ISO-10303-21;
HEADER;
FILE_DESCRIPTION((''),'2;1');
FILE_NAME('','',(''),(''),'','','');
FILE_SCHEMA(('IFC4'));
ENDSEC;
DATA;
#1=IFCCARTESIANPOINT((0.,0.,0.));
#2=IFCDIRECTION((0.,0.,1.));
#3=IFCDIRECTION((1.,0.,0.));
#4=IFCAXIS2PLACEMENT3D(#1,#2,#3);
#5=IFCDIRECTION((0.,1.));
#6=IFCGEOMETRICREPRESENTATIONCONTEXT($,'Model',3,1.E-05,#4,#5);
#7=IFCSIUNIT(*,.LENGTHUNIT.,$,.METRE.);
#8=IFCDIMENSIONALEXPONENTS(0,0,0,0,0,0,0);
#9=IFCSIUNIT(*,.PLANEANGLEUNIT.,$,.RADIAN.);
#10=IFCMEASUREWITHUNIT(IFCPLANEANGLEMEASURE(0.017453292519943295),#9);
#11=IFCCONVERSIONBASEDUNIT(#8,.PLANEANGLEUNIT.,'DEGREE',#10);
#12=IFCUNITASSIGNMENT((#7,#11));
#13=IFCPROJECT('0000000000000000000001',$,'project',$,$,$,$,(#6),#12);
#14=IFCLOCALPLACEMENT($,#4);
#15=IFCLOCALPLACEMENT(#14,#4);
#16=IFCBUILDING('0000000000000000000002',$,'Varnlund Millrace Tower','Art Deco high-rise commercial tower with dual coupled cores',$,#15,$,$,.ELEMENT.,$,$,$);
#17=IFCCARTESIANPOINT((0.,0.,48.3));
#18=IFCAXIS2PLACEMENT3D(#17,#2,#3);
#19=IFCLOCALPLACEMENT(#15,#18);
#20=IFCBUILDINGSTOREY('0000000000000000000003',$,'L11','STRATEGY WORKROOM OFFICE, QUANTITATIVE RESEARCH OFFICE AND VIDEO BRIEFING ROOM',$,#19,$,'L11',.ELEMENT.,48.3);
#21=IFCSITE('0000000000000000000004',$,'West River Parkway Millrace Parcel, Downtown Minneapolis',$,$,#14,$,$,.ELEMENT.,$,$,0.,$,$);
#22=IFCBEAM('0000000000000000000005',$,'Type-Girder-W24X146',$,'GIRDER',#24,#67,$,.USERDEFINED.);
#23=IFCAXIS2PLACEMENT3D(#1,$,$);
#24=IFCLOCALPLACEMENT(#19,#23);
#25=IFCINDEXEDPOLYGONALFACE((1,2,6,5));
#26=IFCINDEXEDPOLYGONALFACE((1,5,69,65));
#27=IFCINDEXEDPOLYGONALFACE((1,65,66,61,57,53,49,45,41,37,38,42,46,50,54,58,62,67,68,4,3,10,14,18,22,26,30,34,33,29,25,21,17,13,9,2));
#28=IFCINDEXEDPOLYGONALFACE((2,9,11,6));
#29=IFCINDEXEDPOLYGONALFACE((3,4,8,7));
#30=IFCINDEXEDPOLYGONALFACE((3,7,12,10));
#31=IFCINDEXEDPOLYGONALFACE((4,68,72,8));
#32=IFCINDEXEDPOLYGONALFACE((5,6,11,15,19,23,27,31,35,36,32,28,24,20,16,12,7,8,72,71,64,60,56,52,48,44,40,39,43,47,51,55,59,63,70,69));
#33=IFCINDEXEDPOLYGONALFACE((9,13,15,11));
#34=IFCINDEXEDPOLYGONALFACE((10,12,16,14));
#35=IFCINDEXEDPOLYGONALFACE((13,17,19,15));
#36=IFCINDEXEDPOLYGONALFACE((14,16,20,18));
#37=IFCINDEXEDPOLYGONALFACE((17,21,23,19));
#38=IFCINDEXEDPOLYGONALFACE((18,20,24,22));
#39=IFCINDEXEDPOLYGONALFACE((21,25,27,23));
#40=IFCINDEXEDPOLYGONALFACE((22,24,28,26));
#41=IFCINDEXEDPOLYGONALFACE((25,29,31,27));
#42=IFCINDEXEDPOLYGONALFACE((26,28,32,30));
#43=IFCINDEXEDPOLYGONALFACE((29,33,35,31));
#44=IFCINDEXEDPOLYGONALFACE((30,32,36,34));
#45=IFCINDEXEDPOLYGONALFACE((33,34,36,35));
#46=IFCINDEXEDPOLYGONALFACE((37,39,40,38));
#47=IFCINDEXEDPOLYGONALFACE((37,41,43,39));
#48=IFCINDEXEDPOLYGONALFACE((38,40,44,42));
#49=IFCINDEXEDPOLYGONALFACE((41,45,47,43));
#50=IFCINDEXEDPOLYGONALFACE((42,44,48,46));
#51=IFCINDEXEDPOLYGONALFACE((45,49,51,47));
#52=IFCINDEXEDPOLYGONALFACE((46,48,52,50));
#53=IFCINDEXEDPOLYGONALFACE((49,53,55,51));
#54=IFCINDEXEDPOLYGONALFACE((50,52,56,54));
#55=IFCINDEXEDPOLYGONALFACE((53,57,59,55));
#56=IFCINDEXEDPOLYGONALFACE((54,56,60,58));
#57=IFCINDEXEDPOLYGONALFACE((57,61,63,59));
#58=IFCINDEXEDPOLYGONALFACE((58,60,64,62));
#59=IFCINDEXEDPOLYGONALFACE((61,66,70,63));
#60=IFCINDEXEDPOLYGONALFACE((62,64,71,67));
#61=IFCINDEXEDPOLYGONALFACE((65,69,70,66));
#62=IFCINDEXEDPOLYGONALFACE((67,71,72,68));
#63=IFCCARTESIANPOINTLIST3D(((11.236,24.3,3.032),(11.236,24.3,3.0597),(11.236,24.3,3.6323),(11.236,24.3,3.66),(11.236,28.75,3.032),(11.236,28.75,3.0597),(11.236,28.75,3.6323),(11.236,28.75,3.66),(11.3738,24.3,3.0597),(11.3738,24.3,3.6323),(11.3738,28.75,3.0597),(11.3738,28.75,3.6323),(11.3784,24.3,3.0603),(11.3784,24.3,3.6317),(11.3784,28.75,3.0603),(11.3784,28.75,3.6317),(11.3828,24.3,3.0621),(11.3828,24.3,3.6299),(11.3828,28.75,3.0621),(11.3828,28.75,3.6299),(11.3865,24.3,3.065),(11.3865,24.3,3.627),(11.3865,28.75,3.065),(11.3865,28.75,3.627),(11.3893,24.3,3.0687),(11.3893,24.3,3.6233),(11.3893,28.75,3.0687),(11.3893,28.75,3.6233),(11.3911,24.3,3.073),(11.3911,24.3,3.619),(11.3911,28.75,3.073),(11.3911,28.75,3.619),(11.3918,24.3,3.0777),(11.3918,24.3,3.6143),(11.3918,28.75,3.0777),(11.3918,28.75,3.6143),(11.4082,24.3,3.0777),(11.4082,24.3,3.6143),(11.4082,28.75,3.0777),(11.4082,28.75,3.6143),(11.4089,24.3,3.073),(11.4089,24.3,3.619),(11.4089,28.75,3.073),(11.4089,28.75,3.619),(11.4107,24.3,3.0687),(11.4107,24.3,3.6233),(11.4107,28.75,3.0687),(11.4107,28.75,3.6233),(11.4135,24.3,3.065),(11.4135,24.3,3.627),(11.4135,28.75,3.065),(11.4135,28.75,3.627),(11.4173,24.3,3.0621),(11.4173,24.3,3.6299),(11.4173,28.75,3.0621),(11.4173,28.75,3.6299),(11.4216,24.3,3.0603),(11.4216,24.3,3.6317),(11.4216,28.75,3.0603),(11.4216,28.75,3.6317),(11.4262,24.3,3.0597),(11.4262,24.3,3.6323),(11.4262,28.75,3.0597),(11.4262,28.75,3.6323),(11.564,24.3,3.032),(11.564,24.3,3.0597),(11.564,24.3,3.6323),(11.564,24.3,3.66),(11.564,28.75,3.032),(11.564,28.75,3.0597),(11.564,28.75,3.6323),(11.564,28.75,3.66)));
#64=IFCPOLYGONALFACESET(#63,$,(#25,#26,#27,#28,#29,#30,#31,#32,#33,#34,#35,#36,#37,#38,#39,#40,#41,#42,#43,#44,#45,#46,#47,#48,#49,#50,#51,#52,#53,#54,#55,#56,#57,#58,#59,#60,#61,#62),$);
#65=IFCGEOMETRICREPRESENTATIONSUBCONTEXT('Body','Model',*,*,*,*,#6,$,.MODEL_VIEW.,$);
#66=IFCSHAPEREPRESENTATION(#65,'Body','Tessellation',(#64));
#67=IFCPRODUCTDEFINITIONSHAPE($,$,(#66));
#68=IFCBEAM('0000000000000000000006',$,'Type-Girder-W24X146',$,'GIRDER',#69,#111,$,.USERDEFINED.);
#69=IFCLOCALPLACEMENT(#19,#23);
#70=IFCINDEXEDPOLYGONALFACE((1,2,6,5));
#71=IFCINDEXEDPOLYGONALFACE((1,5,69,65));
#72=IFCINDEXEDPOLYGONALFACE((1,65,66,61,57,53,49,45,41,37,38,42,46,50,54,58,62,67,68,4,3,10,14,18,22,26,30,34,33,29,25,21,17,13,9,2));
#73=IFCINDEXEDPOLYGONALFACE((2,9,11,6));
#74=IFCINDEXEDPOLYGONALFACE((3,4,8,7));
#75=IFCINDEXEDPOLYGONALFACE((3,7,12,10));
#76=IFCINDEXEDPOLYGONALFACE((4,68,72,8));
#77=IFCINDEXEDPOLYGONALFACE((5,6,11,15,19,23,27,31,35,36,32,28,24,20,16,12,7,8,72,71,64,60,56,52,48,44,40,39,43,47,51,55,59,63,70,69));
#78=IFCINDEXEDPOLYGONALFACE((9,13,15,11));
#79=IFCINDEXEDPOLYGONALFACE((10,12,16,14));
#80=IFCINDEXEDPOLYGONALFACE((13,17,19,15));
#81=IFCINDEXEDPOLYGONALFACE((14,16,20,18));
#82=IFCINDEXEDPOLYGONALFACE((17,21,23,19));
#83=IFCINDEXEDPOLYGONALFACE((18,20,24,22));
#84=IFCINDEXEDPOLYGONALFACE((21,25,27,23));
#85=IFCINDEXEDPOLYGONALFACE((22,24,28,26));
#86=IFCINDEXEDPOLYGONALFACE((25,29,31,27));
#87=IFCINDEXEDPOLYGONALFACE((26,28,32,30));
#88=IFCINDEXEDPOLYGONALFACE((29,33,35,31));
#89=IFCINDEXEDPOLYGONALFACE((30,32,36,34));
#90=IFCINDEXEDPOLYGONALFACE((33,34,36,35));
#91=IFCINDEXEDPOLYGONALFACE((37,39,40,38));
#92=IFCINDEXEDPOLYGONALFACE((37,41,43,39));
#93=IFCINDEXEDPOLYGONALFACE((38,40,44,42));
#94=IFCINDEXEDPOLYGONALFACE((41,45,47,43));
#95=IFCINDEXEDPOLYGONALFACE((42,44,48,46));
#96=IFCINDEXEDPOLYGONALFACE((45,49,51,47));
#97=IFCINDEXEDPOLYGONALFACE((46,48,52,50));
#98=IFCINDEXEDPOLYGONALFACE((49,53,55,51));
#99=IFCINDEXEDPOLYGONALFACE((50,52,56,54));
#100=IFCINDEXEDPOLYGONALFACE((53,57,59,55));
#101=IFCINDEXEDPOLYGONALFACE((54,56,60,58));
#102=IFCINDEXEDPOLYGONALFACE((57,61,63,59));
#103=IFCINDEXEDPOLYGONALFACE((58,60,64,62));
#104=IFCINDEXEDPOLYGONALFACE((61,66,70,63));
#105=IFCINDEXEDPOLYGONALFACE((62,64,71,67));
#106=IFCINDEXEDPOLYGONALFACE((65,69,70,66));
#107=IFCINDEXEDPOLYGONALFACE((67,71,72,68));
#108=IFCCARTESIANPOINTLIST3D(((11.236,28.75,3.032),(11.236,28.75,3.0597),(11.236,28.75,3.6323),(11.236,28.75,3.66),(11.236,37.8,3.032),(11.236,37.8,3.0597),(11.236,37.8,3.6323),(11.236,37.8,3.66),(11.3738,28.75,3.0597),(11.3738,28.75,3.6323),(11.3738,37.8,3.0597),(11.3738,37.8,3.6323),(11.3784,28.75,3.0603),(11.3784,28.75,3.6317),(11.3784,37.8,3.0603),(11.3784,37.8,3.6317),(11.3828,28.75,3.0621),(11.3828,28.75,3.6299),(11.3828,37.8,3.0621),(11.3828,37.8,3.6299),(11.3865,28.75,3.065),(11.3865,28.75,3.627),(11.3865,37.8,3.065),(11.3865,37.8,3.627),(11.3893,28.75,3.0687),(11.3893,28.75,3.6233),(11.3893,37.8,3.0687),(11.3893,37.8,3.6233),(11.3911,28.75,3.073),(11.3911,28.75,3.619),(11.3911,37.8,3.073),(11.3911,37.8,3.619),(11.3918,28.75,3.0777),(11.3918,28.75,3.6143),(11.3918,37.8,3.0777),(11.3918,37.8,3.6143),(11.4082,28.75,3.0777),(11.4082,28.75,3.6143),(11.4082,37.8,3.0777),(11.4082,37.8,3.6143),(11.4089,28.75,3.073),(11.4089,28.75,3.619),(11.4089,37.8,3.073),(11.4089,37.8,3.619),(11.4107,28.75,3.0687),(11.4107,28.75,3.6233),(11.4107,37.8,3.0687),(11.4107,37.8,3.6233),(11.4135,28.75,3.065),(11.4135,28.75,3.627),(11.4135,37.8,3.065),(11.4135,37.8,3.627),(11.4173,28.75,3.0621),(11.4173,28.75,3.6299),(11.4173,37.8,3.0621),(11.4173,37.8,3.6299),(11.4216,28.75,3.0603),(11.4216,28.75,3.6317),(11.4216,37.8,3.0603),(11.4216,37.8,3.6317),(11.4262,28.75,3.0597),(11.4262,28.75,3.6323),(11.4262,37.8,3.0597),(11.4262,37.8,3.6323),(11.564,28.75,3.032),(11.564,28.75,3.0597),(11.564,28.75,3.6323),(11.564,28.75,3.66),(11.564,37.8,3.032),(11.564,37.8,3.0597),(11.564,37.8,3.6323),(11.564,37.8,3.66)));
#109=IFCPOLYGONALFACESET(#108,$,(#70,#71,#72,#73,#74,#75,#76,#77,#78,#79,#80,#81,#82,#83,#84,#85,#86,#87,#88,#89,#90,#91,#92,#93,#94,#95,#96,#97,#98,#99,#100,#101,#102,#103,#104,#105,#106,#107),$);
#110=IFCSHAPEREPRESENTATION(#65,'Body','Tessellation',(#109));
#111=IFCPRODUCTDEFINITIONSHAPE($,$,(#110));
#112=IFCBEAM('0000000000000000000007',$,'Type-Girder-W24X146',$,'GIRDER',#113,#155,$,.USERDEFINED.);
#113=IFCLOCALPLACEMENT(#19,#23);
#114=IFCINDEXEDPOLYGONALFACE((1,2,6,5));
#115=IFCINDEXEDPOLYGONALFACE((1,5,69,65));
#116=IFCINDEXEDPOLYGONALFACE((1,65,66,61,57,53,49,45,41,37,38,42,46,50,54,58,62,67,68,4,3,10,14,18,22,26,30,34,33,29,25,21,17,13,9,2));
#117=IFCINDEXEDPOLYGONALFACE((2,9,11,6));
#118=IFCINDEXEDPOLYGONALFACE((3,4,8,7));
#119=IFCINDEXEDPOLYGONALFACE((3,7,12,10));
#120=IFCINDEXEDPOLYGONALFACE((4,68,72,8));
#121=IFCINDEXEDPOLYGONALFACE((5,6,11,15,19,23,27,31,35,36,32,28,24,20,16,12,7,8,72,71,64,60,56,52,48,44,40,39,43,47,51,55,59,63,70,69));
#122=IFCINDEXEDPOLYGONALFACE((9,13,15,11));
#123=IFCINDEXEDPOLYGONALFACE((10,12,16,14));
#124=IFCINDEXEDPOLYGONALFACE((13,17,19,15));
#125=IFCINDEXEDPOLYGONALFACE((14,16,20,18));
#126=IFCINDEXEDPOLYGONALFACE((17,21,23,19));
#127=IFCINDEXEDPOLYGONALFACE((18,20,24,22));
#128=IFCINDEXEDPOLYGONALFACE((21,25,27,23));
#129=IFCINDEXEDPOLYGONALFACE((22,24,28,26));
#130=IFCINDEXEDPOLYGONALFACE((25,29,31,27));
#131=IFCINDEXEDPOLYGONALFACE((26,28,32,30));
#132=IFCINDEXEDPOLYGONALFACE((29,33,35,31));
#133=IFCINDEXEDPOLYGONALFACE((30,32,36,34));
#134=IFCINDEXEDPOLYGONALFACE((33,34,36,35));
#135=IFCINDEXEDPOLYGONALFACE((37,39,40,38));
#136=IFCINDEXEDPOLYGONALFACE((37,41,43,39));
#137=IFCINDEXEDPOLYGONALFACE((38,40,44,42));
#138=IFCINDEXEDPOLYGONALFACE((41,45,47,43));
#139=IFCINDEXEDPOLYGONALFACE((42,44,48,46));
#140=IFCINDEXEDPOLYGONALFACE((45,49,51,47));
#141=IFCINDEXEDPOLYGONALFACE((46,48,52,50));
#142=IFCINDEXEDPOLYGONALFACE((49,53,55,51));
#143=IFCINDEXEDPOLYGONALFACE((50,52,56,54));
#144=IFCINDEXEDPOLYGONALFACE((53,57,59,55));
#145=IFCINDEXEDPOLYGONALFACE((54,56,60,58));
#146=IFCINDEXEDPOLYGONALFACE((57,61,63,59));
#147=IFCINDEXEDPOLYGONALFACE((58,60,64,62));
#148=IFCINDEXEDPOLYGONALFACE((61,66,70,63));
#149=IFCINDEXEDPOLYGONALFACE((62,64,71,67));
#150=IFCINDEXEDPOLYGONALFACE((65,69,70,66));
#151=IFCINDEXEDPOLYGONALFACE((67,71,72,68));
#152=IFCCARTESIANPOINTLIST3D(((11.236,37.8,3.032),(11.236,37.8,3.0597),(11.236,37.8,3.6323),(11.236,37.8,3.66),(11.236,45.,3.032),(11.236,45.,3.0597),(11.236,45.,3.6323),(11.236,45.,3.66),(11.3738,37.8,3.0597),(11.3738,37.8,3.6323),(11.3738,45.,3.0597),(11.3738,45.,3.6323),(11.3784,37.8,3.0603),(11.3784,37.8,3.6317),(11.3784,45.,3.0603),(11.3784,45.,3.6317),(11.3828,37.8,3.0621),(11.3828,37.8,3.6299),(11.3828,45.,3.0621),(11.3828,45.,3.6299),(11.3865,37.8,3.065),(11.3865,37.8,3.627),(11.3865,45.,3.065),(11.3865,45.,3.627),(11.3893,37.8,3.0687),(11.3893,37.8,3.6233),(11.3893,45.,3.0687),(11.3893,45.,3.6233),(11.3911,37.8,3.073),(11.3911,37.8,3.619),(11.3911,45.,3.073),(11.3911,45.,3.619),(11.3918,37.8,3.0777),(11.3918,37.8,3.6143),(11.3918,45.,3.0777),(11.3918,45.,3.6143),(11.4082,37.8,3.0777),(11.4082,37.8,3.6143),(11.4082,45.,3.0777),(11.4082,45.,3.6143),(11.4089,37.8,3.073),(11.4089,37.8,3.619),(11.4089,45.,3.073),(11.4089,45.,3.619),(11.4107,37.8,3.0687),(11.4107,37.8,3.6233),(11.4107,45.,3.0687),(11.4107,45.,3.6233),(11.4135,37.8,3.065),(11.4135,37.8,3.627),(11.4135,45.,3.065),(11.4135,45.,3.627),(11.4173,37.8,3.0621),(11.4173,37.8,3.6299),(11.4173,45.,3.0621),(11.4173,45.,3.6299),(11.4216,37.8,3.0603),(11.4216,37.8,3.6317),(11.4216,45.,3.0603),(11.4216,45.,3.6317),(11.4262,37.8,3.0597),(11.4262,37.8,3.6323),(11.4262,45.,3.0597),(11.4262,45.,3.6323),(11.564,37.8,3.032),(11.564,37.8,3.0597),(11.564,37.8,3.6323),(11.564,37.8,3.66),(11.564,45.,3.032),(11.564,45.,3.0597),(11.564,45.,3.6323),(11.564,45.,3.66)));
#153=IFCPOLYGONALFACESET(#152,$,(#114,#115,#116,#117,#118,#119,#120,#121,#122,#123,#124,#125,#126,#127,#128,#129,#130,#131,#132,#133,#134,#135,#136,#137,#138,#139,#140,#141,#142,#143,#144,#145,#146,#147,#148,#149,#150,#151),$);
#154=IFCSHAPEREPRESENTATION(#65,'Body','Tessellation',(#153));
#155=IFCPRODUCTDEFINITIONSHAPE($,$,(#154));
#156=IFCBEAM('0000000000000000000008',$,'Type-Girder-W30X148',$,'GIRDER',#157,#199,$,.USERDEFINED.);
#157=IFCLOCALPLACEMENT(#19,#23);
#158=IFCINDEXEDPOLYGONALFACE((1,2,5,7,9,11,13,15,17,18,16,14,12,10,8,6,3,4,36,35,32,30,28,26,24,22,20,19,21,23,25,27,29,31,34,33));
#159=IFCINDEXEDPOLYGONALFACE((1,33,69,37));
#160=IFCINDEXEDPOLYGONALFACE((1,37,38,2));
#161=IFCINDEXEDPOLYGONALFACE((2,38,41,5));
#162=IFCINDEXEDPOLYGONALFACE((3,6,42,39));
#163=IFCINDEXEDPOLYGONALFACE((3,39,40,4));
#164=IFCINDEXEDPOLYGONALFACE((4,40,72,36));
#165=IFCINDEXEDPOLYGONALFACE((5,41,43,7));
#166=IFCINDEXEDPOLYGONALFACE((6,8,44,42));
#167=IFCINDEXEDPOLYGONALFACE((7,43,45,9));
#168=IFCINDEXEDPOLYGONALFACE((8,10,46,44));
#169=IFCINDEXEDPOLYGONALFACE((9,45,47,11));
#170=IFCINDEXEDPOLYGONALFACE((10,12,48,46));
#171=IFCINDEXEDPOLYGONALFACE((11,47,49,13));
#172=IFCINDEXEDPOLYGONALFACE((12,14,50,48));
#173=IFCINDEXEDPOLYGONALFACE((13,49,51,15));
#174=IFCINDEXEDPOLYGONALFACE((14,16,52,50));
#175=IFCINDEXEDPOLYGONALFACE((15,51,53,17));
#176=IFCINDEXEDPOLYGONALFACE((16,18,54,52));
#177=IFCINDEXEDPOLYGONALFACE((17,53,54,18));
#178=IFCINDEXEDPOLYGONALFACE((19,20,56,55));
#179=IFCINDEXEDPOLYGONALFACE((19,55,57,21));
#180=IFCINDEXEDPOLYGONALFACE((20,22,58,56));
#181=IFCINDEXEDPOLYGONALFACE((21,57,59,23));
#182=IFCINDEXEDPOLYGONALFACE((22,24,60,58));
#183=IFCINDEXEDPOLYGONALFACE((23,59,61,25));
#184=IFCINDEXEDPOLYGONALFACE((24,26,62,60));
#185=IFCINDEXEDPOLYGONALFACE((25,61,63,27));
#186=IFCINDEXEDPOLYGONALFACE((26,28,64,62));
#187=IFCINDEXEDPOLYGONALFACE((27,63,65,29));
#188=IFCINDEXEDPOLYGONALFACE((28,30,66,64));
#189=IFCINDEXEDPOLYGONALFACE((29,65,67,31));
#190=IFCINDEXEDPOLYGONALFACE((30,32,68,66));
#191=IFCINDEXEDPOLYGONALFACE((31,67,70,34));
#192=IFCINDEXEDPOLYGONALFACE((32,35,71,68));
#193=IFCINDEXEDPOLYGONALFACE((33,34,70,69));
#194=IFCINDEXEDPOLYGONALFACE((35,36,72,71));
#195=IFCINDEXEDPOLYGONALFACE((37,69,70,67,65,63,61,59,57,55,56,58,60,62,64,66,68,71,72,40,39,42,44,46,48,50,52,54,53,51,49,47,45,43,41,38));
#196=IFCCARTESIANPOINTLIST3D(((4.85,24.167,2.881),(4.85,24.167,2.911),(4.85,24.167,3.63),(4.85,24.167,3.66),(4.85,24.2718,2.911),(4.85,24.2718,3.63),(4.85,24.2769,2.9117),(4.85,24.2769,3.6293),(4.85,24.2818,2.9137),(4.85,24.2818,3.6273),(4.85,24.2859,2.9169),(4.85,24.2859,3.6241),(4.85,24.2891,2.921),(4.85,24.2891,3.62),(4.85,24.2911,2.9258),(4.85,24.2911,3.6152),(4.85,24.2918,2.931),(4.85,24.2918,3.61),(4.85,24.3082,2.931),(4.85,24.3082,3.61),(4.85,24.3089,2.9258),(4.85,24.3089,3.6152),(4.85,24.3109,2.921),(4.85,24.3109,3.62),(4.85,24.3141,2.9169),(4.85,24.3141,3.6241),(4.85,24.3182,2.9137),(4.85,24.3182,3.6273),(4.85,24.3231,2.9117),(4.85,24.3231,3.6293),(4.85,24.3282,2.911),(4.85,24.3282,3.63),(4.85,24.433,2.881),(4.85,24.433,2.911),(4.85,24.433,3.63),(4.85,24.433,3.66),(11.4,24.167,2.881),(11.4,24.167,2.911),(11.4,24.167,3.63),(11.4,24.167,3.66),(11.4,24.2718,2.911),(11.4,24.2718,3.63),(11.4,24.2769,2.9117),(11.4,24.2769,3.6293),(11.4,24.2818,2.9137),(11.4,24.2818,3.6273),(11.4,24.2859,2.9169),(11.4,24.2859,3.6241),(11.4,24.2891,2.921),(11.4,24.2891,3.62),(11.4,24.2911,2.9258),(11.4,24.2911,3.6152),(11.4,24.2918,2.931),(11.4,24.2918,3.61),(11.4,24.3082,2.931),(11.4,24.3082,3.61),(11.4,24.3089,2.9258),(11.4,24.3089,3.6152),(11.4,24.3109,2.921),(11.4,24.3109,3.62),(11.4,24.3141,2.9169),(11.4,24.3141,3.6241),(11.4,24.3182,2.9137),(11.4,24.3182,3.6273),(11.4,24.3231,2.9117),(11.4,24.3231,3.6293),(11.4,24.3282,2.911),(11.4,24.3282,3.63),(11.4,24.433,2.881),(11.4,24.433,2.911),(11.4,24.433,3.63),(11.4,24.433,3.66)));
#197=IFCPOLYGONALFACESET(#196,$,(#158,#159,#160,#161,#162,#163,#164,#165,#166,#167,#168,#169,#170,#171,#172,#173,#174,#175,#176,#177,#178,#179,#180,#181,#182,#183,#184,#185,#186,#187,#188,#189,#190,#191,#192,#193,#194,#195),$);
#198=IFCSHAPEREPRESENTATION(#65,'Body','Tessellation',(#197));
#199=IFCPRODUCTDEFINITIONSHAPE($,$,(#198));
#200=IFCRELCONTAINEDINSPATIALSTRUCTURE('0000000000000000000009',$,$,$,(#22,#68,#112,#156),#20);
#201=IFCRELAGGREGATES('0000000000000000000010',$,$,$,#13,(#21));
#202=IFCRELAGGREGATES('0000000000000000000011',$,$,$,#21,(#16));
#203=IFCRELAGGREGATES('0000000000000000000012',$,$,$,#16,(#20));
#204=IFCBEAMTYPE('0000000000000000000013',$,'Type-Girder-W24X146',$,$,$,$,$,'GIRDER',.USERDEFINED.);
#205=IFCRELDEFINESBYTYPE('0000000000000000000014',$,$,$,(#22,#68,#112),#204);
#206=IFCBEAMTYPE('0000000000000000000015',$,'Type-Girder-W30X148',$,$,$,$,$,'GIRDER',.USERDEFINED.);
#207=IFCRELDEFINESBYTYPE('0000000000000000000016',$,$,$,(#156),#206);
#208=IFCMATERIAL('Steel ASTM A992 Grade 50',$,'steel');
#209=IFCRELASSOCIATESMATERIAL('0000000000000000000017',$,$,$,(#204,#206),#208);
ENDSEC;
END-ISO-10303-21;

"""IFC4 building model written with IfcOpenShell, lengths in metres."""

from ifc_helpers import new_model, entity, si_unit, converted_unit, direction, frame, origin_with_axes, origin_2d_with_axis, place, context, subcontext, project, spatial, i_section, extrude, material, material_profile, profile_set, type_object, element, save


model = new_model("IFC4")

# Units and contexts
model_context = context("Model", 3, precision=1e-05, world=origin_with_axes(), true_north=direction((0.0, 1.0)))
body_context = subcontext(model_context, "Body", "Model", "MODEL_VIEW")
ifc_project = project(units=[si_unit("LENGTHUNIT", "METRE"), converted_unit("PLANEANGLEUNIT", "DEGREE", entity("IfcPlaneAngleMeasure", 0.017453292519943295), si_unit("PLANEANGLEUNIT", "RADIAN"), dimensions=[0, 0, 0, 0, 0, 0, 0])], contexts=[model_context])

# Site, building, storey
site_placement = place(None, origin_with_axes())
site = spatial("IfcSite", under=ifc_project, at=site_placement, Name="West River Parkway Millrace Parcel, Downtown Minneapolis", CompositionType="ELEMENT", RefElevation=0.0)
building_placement = place(site_placement, origin_with_axes())
building = spatial("IfcBuilding", under=site, at=building_placement, Name="Varnlund Millrace Tower", Description="Art Deco high-rise commercial tower with dual coupled cores", CompositionType="ELEMENT")
storey_placement = place(building_placement, frame((0.0, 0.0, 48.3), z_axis=(0.0, 0.0, 1.0), x_axis=(1.0, 0.0, 0.0)))
storey = spatial("IfcBuildingStorey", under=building, at=storey_placement, Name="L11", Description="STRATEGY WORKROOM OFFICE, QUANTITATIVE RESEARCH OFFICE AND VIDEO BRIEFING ROOM", LongName="L11", CompositionType="ELEMENT", Elevation=48.3)

# Beams
ifc_material_1 = material(Name="Steel ASTM A992 Grade 50", Category="steel")
ifc_material_profile_1 = material_profile(ifc_material_1, i_section(OverallWidth=0.328, OverallDepth=0.628, WebThickness=0.0165, FlangeThickness=0.0277, FilletRadius=0.018, at=origin_2d_with_axis()), Name="Steel ASTM A992 Grade 50")
ifc_profile_set_1 = profile_set([ifc_material_profile_1], Name="Steel ASTM A992 Grade 50")
beam_type_1 = type_object("IfcBeamType", Name="Type-Girder-W24X146", ElementType="GIRDER", PredefinedType="USERDEFINED", material=ifc_profile_set_1)
beam_1_placement = place(storey_placement, frame((11.4, 24.3, 3.346), z_axis=(0.0, 1.0, 0.0), x_axis=(-1.0, 0.0, 0.0)))
element("IfcBeam", 1, at=beam_1_placement, inside=storey, type_object=beam_type_1, Name="Type-Girder-W24X146", ObjectType="GIRDER", PredefinedType="USERDEFINED", context=body_context, shape_type="SweptSolid", body=[
    extrude(i_section(OverallWidth=0.328, OverallDepth=0.628, WebThickness=0.0165, FlangeThickness=0.0277, FilletRadius=0.018, at=origin_2d_with_axis()), origin_with_axes(), (0.0, 0.0, 1.0), 4.45),
])
beam_2_placement = place(storey_placement, frame((11.4, 28.75, 3.346), z_axis=(0.0, 1.0, 0.0), x_axis=(-1.0, 0.0, 0.0)))
element("IfcBeam", 2, at=beam_2_placement, inside=storey, type_object=beam_type_1, Name="Type-Girder-W24X146", ObjectType="GIRDER", PredefinedType="USERDEFINED", context=body_context, shape_type="SweptSolid", body=[
    extrude(i_section(OverallWidth=0.328, OverallDepth=0.628, WebThickness=0.0165, FlangeThickness=0.0277, FilletRadius=0.018, at=origin_2d_with_axis()), origin_with_axes(), (0.0, 0.0, 1.0), 9.05),
])
beam_3_placement = place(storey_placement, frame((11.4, 37.8, 3.346), z_axis=(0.0, 1.0, 0.0), x_axis=(-1.0, 0.0, 0.0)))
element("IfcBeam", 3, at=beam_3_placement, inside=storey, type_object=beam_type_1, Name="Type-Girder-W24X146", ObjectType="GIRDER", PredefinedType="USERDEFINED", context=body_context, shape_type="SweptSolid", body=[
    extrude(i_section(OverallWidth=0.328, OverallDepth=0.628, WebThickness=0.0165, FlangeThickness=0.0277, FilletRadius=0.018, at=origin_2d_with_axis()), origin_with_axes(), (0.0, 0.0, 1.0), 7.2),
])
ifc_material_profile_2 = material_profile(ifc_material_1, i_section(OverallWidth=0.266, OverallDepth=0.779, WebThickness=0.0165, FlangeThickness=0.03, FilletRadius=0.02, at=origin_2d_with_axis()), Name="Steel ASTM A992 Grade 50")
ifc_profile_set_2 = profile_set([ifc_material_profile_2], Name="Steel ASTM A992 Grade 50")
beam_type_2 = type_object("IfcBeamType", Name="Type-Girder-W30X148", ElementType="GIRDER", PredefinedType="USERDEFINED", material=ifc_profile_set_2)
beam_4_placement = place(storey_placement, frame((4.85, 24.3, 3.2705), z_axis=(1.0, 0.0, 0.0), x_axis=(0.0, 1.0, 0.0)))
element("IfcBeam", 4, at=beam_4_placement, inside=storey, type_object=beam_type_2, Name="Type-Girder-W30X148", ObjectType="GIRDER", PredefinedType="USERDEFINED", context=body_context, shape_type="SweptSolid", body=[
    extrude(i_section(OverallWidth=0.266, OverallDepth=0.779, WebThickness=0.0165, FlangeThickness=0.03, FilletRadius=0.02, at=origin_2d_with_axis()), origin_with_axes(), (0.0, 0.0, 1.0), 6.55),
])

save(model, "model.ifc")
